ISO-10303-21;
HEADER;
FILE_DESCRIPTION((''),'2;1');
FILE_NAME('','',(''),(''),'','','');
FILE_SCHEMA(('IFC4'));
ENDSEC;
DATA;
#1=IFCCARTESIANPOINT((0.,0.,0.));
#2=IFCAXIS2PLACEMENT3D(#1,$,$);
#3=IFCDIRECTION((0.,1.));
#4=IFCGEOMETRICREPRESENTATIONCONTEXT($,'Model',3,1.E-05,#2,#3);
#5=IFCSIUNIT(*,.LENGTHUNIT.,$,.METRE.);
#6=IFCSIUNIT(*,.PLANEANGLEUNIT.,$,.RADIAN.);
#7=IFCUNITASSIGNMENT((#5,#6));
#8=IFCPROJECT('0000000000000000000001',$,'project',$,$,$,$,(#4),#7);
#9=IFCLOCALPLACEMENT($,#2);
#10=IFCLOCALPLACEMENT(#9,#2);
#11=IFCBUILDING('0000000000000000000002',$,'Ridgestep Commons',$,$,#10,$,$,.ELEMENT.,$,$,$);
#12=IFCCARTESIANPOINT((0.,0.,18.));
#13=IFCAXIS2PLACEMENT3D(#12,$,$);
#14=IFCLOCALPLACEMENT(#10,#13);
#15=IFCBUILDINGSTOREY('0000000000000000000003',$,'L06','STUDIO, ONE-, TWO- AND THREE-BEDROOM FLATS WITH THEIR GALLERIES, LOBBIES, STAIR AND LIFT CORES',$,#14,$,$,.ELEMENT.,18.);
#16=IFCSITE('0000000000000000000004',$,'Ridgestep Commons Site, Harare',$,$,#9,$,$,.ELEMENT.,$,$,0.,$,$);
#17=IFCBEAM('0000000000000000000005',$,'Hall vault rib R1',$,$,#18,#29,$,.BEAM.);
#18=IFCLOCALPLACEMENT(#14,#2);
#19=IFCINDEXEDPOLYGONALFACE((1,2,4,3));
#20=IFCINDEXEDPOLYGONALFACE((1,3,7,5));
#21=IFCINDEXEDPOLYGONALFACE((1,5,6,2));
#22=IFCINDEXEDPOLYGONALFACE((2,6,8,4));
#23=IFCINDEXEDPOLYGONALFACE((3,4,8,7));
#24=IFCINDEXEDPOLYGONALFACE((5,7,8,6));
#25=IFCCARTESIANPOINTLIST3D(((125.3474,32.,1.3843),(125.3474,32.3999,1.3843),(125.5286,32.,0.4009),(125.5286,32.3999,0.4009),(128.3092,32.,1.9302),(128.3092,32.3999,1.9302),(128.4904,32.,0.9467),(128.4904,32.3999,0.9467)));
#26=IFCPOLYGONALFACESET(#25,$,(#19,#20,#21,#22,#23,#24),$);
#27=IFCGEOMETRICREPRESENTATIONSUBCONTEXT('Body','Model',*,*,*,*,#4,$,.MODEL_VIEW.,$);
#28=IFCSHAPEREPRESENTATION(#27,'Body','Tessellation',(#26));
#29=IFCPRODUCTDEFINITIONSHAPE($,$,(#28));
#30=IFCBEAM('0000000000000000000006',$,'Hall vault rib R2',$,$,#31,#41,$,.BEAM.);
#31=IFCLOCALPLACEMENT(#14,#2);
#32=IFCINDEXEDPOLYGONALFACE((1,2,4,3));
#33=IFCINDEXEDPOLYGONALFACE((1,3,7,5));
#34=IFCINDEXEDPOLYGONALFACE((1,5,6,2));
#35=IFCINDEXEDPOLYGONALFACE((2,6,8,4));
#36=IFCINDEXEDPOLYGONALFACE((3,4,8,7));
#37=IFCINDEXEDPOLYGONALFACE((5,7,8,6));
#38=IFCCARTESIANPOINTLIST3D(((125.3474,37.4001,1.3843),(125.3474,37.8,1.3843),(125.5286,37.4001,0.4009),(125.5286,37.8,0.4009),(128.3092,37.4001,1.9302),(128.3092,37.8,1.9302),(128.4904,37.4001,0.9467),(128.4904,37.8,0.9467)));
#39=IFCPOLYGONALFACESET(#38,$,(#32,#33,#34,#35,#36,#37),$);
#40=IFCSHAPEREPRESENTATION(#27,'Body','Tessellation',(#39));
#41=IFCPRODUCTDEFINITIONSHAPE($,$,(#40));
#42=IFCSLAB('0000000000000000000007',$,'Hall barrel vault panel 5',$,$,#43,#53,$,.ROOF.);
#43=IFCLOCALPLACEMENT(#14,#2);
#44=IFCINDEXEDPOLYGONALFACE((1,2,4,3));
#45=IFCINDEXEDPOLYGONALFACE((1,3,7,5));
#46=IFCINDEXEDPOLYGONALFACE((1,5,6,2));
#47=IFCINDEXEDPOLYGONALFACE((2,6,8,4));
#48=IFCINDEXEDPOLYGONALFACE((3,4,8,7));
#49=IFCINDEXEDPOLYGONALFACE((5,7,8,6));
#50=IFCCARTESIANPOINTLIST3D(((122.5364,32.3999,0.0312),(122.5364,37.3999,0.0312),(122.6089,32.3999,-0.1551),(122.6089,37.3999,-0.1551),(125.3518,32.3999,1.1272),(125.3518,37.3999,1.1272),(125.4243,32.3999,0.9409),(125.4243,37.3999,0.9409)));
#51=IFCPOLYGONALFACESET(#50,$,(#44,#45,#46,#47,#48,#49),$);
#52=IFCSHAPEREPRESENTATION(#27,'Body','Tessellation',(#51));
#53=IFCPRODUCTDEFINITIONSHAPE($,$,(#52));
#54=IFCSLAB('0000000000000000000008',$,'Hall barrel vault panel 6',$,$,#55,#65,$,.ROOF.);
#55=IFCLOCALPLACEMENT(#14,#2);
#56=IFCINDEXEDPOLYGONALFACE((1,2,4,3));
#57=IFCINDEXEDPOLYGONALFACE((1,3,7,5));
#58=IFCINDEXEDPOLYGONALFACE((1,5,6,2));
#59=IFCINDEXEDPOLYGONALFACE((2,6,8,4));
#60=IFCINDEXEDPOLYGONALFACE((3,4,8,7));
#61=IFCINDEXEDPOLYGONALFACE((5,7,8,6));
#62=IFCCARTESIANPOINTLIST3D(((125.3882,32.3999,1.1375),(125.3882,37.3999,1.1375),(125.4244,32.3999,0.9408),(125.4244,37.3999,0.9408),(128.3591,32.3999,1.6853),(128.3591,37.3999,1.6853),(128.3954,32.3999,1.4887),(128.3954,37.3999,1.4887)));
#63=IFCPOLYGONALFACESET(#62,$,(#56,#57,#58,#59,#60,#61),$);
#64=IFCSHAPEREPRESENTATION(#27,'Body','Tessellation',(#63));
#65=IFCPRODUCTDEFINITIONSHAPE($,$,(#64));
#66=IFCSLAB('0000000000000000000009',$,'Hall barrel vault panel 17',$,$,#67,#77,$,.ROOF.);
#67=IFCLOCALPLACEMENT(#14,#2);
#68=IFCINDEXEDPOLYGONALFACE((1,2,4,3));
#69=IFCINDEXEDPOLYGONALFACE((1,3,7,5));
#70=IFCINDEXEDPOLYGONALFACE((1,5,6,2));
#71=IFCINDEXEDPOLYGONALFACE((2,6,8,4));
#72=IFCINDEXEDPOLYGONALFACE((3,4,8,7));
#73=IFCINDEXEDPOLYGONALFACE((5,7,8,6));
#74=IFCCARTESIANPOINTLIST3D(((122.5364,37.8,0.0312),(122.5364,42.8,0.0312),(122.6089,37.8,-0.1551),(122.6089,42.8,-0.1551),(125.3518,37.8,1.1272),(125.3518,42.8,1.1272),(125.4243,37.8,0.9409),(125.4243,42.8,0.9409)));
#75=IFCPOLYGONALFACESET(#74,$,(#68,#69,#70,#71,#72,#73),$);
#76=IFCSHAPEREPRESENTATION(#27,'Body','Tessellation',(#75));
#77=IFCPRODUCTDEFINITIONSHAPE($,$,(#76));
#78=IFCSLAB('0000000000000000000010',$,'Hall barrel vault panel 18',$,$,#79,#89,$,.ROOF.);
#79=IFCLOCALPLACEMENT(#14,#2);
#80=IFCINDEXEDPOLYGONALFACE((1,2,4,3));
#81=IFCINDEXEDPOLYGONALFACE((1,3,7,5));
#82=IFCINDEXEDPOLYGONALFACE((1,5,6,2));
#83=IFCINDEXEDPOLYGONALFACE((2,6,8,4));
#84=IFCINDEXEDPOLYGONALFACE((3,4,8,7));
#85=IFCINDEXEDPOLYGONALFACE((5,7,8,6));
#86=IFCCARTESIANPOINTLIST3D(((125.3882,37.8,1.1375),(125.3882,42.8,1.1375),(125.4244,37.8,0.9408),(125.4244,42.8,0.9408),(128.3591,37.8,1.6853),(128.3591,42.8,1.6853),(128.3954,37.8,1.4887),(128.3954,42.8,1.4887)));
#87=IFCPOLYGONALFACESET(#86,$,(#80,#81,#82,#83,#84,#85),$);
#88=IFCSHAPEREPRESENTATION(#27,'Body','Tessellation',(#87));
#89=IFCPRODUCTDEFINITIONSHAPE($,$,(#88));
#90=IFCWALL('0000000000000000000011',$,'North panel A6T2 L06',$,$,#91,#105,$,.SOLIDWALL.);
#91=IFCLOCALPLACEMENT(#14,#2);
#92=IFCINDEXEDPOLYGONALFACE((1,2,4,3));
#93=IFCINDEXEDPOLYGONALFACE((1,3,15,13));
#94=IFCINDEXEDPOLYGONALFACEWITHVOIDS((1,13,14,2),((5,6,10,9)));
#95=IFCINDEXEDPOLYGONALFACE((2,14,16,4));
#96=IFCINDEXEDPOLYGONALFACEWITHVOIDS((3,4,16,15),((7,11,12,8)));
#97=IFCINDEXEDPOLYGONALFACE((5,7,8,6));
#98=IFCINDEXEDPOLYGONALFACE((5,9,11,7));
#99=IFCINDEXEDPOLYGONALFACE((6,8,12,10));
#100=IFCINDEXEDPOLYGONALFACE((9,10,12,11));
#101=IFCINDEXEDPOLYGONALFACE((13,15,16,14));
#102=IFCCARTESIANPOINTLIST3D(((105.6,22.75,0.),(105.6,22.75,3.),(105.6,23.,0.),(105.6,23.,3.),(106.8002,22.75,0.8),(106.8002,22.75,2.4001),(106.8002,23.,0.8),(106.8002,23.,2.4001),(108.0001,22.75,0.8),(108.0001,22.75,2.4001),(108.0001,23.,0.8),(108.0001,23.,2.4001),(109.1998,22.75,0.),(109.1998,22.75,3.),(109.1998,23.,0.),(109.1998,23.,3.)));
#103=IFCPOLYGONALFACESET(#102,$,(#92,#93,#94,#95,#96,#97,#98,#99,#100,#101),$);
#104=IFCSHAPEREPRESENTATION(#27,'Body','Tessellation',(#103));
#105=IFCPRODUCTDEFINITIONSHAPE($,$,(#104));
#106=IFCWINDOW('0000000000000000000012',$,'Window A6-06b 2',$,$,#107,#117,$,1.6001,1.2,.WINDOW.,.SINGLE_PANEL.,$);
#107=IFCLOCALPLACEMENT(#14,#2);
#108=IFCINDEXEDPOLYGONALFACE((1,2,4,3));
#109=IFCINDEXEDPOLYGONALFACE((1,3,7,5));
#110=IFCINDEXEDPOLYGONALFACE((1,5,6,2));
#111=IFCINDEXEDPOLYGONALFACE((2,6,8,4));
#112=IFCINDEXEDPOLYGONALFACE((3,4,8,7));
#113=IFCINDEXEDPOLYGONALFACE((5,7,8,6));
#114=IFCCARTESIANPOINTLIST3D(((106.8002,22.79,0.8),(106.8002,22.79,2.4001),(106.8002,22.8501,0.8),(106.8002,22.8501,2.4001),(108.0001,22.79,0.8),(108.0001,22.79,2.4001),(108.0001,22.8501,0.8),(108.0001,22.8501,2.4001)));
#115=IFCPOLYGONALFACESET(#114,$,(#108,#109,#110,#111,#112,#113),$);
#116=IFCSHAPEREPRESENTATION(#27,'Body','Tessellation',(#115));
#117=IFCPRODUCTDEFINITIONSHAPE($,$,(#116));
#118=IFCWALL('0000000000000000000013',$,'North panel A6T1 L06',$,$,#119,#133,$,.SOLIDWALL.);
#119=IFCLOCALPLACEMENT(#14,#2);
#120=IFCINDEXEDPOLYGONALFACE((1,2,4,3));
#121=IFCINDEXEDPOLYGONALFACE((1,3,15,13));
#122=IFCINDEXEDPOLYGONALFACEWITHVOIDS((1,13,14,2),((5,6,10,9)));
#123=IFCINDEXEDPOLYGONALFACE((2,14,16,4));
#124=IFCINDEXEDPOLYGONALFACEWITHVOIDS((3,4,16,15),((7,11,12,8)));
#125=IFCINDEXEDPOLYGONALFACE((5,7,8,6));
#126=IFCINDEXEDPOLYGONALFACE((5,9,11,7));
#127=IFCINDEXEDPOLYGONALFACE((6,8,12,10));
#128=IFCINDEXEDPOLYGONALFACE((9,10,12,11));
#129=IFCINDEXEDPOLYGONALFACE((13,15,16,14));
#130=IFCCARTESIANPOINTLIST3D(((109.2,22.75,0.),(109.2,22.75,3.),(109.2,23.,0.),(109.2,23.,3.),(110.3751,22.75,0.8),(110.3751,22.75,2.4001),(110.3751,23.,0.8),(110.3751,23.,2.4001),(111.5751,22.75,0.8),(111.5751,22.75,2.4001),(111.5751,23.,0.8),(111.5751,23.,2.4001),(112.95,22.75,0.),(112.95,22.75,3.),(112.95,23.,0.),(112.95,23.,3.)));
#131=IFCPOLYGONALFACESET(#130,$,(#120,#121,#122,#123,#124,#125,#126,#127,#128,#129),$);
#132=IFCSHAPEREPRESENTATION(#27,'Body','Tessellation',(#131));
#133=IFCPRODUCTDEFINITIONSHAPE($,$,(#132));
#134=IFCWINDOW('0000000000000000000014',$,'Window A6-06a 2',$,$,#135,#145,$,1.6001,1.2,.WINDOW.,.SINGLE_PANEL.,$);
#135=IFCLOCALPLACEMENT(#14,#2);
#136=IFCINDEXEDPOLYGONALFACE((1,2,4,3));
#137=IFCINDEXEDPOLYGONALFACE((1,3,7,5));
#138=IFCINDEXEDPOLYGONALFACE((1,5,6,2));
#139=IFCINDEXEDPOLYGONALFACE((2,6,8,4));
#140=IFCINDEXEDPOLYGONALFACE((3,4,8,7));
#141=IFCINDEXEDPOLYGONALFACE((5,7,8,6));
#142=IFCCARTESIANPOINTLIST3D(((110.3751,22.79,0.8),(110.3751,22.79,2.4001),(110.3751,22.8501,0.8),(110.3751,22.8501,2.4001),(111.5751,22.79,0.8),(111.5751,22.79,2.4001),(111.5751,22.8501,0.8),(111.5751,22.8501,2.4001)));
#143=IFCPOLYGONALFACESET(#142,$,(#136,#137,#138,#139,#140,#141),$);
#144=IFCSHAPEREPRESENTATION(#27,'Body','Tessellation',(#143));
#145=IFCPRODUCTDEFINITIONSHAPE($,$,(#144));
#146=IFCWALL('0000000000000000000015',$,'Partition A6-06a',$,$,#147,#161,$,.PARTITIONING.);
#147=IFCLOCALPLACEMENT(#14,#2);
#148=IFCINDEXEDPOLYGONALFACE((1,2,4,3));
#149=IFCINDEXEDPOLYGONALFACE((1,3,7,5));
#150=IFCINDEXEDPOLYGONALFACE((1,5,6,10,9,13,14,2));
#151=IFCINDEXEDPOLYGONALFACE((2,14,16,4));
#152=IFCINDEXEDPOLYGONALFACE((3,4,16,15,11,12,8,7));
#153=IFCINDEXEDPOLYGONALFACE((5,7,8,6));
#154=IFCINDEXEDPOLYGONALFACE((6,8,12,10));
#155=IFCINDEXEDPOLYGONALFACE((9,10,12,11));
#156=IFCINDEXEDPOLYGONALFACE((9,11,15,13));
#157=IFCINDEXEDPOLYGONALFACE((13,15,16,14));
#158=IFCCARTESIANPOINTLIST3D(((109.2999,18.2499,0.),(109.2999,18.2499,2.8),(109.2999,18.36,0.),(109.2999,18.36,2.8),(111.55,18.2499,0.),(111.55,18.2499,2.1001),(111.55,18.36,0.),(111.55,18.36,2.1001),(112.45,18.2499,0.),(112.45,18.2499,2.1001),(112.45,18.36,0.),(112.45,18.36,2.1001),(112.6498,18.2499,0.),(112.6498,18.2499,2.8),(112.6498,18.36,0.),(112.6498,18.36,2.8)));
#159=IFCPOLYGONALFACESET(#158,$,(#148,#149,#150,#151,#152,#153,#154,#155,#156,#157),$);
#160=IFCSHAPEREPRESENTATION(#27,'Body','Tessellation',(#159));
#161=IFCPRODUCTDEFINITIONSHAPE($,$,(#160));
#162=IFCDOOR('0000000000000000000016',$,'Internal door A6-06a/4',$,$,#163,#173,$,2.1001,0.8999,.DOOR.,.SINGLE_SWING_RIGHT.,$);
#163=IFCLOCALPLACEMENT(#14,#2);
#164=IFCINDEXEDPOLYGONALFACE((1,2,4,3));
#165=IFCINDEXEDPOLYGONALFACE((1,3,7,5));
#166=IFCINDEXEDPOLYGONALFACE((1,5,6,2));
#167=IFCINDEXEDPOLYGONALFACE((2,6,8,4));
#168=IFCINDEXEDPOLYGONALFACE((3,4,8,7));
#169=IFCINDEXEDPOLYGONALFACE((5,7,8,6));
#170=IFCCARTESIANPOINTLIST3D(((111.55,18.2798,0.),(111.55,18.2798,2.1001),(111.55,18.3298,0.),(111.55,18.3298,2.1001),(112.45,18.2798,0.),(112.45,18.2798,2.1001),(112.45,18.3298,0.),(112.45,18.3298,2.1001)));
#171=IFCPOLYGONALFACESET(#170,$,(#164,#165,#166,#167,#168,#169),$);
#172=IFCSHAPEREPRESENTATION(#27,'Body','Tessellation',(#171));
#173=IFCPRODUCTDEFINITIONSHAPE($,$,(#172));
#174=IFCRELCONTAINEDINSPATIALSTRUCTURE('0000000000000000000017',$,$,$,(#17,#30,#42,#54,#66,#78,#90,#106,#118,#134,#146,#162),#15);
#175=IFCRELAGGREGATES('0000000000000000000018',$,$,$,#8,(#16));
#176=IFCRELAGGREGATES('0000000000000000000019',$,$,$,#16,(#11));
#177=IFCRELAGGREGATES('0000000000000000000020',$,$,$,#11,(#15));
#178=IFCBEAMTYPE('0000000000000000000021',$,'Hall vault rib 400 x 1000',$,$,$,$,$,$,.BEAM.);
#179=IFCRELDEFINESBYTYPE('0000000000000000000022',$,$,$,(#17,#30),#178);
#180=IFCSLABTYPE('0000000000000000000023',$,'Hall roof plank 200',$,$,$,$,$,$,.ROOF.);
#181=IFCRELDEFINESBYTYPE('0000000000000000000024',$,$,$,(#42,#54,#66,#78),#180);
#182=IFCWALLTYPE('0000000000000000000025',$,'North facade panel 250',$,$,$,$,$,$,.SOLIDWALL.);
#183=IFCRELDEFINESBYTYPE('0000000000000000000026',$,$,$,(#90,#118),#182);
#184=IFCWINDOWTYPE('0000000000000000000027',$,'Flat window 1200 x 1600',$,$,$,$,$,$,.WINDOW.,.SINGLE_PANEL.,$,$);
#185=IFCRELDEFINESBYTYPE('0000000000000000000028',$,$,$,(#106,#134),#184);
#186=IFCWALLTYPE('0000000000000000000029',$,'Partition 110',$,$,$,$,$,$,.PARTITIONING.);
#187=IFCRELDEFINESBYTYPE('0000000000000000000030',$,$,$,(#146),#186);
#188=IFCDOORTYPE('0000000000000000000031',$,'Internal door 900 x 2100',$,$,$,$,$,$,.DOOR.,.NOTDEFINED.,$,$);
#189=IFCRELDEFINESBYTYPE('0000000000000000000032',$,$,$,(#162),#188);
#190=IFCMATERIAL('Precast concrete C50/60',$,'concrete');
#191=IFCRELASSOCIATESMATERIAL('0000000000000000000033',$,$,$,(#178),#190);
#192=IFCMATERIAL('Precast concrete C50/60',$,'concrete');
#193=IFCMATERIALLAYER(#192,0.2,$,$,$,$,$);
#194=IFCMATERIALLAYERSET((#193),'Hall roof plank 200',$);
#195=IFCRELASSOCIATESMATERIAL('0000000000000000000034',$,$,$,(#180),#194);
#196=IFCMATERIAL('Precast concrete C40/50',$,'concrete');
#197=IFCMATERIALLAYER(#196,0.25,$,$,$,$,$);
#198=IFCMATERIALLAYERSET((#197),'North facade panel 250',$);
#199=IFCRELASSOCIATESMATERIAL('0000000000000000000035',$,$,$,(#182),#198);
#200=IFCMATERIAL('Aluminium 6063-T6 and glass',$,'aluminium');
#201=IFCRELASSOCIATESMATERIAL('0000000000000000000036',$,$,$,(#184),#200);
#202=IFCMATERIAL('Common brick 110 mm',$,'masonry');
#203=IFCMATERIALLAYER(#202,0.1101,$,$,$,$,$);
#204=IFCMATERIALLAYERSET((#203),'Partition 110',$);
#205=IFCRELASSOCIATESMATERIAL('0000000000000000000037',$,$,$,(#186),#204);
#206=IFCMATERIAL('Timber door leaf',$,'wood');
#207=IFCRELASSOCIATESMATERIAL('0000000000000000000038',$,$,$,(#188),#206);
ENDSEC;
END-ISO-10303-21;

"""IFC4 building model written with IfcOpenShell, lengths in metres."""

from ifc_helpers import new_model, si_unit, direction, frame, frame_2d, origin, origin_2d, place, context, subcontext, project, spatial, polyline, rectangle, outline, extrude, material, layer, layer_set, material_profile, profile_set, type_object, element, fill, save


model = new_model("IFC4")

# Units and contexts
model_context = context("Model", 3, precision=1e-05, world=origin(), true_north=direction((0.0, 1.0)))
body_context = subcontext(model_context, "Body", "Model", "MODEL_VIEW")
ifc_project = project(units=[si_unit("LENGTHUNIT", "METRE"), si_unit("PLANEANGLEUNIT", "RADIAN")], contexts=[model_context])

# Site, building, storey
site_placement = place(None, origin())
site = spatial("IfcSite", under=ifc_project, at=site_placement, Name="Ridgestep Commons Site, Harare", CompositionType="ELEMENT", RefElevation=0.0)
building_placement = place(site_placement, origin())
building = spatial("IfcBuilding", under=site, at=building_placement, Name="Ridgestep Commons", CompositionType="ELEMENT")
storey_placement = place(building_placement, frame((0.0, 0.0, 18.0)))
storey = spatial("IfcBuildingStorey", under=building, at=storey_placement, Name="L06", Description="STUDIO, ONE-, TWO- AND THREE-BEDROOM FLATS WITH THEIR GALLERIES, LOBBIES, STAIR AND LIFT CORES", CompositionType="ELEMENT", Elevation=18.0)

# Beams
ifc_material_1 = material(Name="Precast concrete C50/60", Category="concrete")
ifc_material_profile = material_profile(ifc_material_1, rectangle(XDim=0.3999, YDim=1.0, at=origin_2d()), Name="Hall vault rib 400 x 1000")
ifc_profile_set = profile_set([ifc_material_profile], Name="Precast concrete C50/60")
beam_type = type_object("IfcBeamType", Name="Hall vault rib 400 x 1000", PredefinedType="BEAM", material=ifc_profile_set)
for number, where, z_axis, x_axis, name in (
    (1, (125.438, 32.2, 0.8926), (0.983436, 0.0, 0.181253), (0.0, 1.0, 0.0), "Hall vault rib R1"),
    (2, (125.438, 37.6001, 0.8926), (0.983436, 0.0, 0.181253), (0.0, 1.0, 0.0), "Hall vault rib R2"),
):
    element("IfcBeam", number, at=place(storey_placement, frame(where, z_axis=z_axis, x_axis=x_axis)), inside=storey, type_object=beam_type, Name=name, PredefinedType="BEAM", context=body_context, shape_type="SweptSolid", body=[
        extrude(rectangle(XDim=0.3999, YDim=1.0, at=origin_2d()), origin(), (0.0, 0.0, 1.0), 3.0117),
    ])

# Slabs
ifc_material_2 = material(Name="Precast concrete C50/60", Category="concrete")
ifc_layer_1 = layer(ifc_material_2, 0.2)
ifc_layer_set_1 = layer_set([ifc_layer_1], Name="Hall roof plank 200")
slab_type = type_object("IfcSlabType", Name="Hall roof plank 200", PredefinedType="ROOF", material=ifc_layer_set_1)
slab_1_placement = place(storey_placement, frame((122.5364, 32.3999, 0.0312), z_axis=(-0.36275, 0.0, 0.931886), x_axis=(0.931886, 0.0, 0.36275)))
element("IfcSlab", 3, at=slab_1_placement, inside=storey, type_object=slab_type, Name="Hall barrel vault panel 5", PredefinedType="ROOF", context=body_context, shape_type="SweptSolid", body=[
    extrude(outline(polyline([(0.0, 0.0), (3.0212, 0.0), (3.0212, 5.0), (0.0, 5.0), (0.0, 0.0)])), origin(), (0.0, 0.0, -1.0), 0.2),
])
slab_2_placement = place(storey_placement, frame((125.3882, 32.3999, 1.1375), z_axis=(-0.181345, 0.0, 0.983419), x_axis=(0.983419, 0.0, 0.181345)))
element("IfcSlab", 4, at=slab_2_placement, inside=storey, type_object=slab_type, Name="Hall barrel vault panel 6", PredefinedType="ROOF", context=body_context, shape_type="SweptSolid", body=[
    extrude(outline(polyline([(0.0, 0.0), (3.021, 0.0), (3.021, 5.0), (0.0, 5.0), (0.0, 0.0)])), origin(), (0.0, 0.0, -1.0), 0.2),
])
slab_3_placement = place(storey_placement, frame((122.5364, 37.8, 0.0312), z_axis=(-0.36275, 0.0, 0.931886), x_axis=(0.931886, 0.0, 0.36275)))
element("IfcSlab", 5, at=slab_3_placement, inside=storey, type_object=slab_type, Name="Hall barrel vault panel 17", PredefinedType="ROOF", context=body_context, shape_type="SweptSolid", body=[
    extrude(outline(polyline([(0.0, 0.0), (3.0212, 0.0), (3.0212, 5.0), (0.0, 5.0), (0.0, 0.0)])), origin(), (0.0, 0.0, -1.0), 0.2),
])
slab_4_placement = place(storey_placement, frame((125.3882, 37.8, 1.1375), z_axis=(-0.181345, 0.0, 0.983419), x_axis=(0.983419, 0.0, 0.181345)))
element("IfcSlab", 6, at=slab_4_placement, inside=storey, type_object=slab_type, Name="Hall barrel vault panel 18", PredefinedType="ROOF", context=body_context, shape_type="SweptSolid", body=[
    extrude(outline(polyline([(0.0, 0.0), (3.021, 0.0), (3.021, 5.0), (0.0, 5.0), (0.0, 0.0)])), origin(), (0.0, 0.0, -1.0), 0.2),
])

# Walls, openings, windows
ifc_material_3 = material(Name="Precast concrete C40/50", Category="concrete")
ifc_layer_2 = layer(ifc_material_3, 0.25)
ifc_layer_set_2 = layer_set([ifc_layer_2], Name="North facade panel 250")
wall_type_1 = type_object("IfcWallType", Name="North facade panel 250", PredefinedType="SOLIDWALL", material=ifc_layer_set_2)
wall_1_placement = place(storey_placement, frame((105.6001, 22.875, 0.0), z_axis=(0.0, 0.0, 1.0), x_axis=(1.0, 0.0, 0.0)))
wall_1 = element("IfcWall", 7, at=wall_1_placement, inside=storey, type_object=wall_type_1, Name="North panel A6T2 L06", PredefinedType="SOLIDWALL", context=body_context, shape_type="SweptSolid", body=[
    extrude(rectangle(XDim=3.5999, YDim=0.25, at=frame_2d((1.7998, 0.0))), origin(), (0.0, 0.0, 1.0), 3.0),
])
opening_1_placement = place(wall_1_placement, frame((1.2, 0.0, 0.8)))
opening_1 = element("IfcOpeningElement", 8, at=opening_1_placement, cuts=wall_1, PredefinedType="OPENING", context=body_context, shape_type="SweptSolid", body=[
    extrude(rectangle(XDim=1.2, YDim=1.6001, at=frame_2d((0.6001, 0.8))), frame((0.0, 0.135, 0.0), z_axis=(0.0, -1.0, 0.0), x_axis=(1.0, 0.0, 0.0)), (0.0, 0.0, 1.0), 0.27),
])
ifc_material_4 = material(Name="Aluminium 6063-T6 and glass", Category="aluminium")
window_type = type_object("IfcWindowType", Name="Flat window 1200 x 1600", PartitioningType="SINGLE_PANEL", PredefinedType="WINDOW", material=ifc_material_4)
window_1_placement = place(opening_1_placement, origin())
window_1 = element("IfcWindow", 9, at=window_1_placement, inside=storey, type_object=window_type, Name="Window A6-06b 2", OverallHeight=1.6001, OverallWidth=1.2, PartitioningType="SINGLE_PANEL", PredefinedType="WINDOW", context=body_context, shape_type="SweptSolid", body=[
    extrude(rectangle(XDim=1.2, YDim=1.6001, at=frame_2d((0.6001, 0.8))), frame((0.0, -0.0249, 0.0), z_axis=(0.0, -1.0, 0.0), x_axis=(1.0, 0.0, 0.0)), (0.0, 0.0, 1.0), 0.0601),
])
fill(opening_1, window_1)
wall_2_placement = place(storey_placement, frame((109.2, 22.875, 0.0), z_axis=(0.0, 0.0, 1.0), x_axis=(1.0, 0.0, 0.0)))
wall_2 = element("IfcWall", 10, at=wall_2_placement, inside=storey, type_object=wall_type_1, Name="North panel A6T1 L06", PredefinedType="SOLIDWALL", context=body_context, shape_type="SweptSolid", body=[
    extrude(rectangle(XDim=3.75, YDim=0.25, at=frame_2d((1.875, 0.0))), origin(), (0.0, 0.0, 1.0), 3.0),
])
opening_2_placement = place(wall_2_placement, frame((1.175, 0.0, 0.8)))
opening_2 = element("IfcOpeningElement", 11, at=opening_2_placement, cuts=wall_2, PredefinedType="OPENING", context=body_context, shape_type="SweptSolid", body=[
    extrude(rectangle(XDim=1.2, YDim=1.6001, at=frame_2d((0.6001, 0.8))), frame((0.0, 0.135, 0.0), z_axis=(0.0, -1.0, 0.0), x_axis=(1.0, 0.0, 0.0)), (0.0, 0.0, 1.0), 0.27),
])
window_2_placement = place(opening_2_placement, origin())
window_2 = element("IfcWindow", 12, at=window_2_placement, inside=storey, type_object=window_type, Name="Window A6-06a 2", OverallHeight=1.6001, OverallWidth=1.2, PartitioningType="SINGLE_PANEL", PredefinedType="WINDOW", context=body_context, shape_type="SweptSolid", body=[
    extrude(rectangle(XDim=1.2, YDim=1.6001, at=frame_2d((0.6001, 0.8))), frame((0.0, -0.0249, 0.0), z_axis=(0.0, -1.0, 0.0), x_axis=(1.0, 0.0, 0.0)), (0.0, 0.0, 1.0), 0.0601),
])
fill(opening_2, window_2)

# Wall, opening, door
ifc_material_5 = material(Name="Common brick 110 mm", Category="masonry")
ifc_layer_3 = layer(ifc_material_5, 0.1101)
ifc_layer_set_3 = layer_set([ifc_layer_3], Name="Partition 110")
wall_type_2 = type_object("IfcWallType", Name="Partition 110", PredefinedType="PARTITIONING", material=ifc_layer_set_3)
wall_3_placement = place(storey_placement, frame((109.3, 18.3049, 0.0), z_axis=(0.0, 0.0, 1.0), x_axis=(1.0, 0.0, 0.0)))
wall_3 = element("IfcWall", 13, at=wall_3_placement, inside=storey, type_object=wall_type_2, Name="Partition A6-06a", PredefinedType="PARTITIONING", context=body_context, shape_type="SweptSolid", body=[
    extrude(rectangle(XDim=3.3499, YDim=0.1101, at=frame_2d((1.6748, 0.0))), origin(), (0.0, 0.0, 1.0), 2.8),
])
opening_3_placement = place(wall_3_placement, frame((2.25, 0.0, 0.0)))
opening_3 = element("IfcOpeningElement", 14, at=opening_3_placement, cuts=wall_3, PredefinedType="OPENING", context=body_context, shape_type="SweptSolid", body=[
    extrude(rectangle(XDim=0.8999, YDim=2.1001, at=frame_2d((0.45, 1.05))), frame((0.0, 0.0649, 0.0), z_axis=(0.0, -1.0, 0.0), x_axis=(1.0, 0.0, 0.0)), (0.0, 0.0, 1.0), 0.1301),
])
ifc_material_6 = material(Name="Timber door leaf", Category="wood")
door_type = type_object("IfcDoorType", Name="Internal door 900 x 2100", OperationType="NOTDEFINED", PredefinedType="DOOR", material=ifc_material_6)
door_1_placement = place(opening_3_placement, origin())
door_1 = element("IfcDoor", 15, at=door_1_placement, inside=storey, type_object=door_type, Name="Internal door A6-06a/4", OperationType="SINGLE_SWING_RIGHT", OverallHeight=2.1001, OverallWidth=0.8999, PredefinedType="DOOR", context=body_context, shape_type="SweptSolid", body=[
    extrude(rectangle(XDim=0.8999, YDim=2.1001, at=frame_2d((0.45, 1.05))), frame((0.0, 0.0249, 0.0), z_axis=(0.0, -1.0, 0.0), x_axis=(1.0, 0.0, 0.0)), (0.0, 0.0, 1.0), 0.05),
])
fill(opening_3, door_1)

save(model, "model.ifc")
